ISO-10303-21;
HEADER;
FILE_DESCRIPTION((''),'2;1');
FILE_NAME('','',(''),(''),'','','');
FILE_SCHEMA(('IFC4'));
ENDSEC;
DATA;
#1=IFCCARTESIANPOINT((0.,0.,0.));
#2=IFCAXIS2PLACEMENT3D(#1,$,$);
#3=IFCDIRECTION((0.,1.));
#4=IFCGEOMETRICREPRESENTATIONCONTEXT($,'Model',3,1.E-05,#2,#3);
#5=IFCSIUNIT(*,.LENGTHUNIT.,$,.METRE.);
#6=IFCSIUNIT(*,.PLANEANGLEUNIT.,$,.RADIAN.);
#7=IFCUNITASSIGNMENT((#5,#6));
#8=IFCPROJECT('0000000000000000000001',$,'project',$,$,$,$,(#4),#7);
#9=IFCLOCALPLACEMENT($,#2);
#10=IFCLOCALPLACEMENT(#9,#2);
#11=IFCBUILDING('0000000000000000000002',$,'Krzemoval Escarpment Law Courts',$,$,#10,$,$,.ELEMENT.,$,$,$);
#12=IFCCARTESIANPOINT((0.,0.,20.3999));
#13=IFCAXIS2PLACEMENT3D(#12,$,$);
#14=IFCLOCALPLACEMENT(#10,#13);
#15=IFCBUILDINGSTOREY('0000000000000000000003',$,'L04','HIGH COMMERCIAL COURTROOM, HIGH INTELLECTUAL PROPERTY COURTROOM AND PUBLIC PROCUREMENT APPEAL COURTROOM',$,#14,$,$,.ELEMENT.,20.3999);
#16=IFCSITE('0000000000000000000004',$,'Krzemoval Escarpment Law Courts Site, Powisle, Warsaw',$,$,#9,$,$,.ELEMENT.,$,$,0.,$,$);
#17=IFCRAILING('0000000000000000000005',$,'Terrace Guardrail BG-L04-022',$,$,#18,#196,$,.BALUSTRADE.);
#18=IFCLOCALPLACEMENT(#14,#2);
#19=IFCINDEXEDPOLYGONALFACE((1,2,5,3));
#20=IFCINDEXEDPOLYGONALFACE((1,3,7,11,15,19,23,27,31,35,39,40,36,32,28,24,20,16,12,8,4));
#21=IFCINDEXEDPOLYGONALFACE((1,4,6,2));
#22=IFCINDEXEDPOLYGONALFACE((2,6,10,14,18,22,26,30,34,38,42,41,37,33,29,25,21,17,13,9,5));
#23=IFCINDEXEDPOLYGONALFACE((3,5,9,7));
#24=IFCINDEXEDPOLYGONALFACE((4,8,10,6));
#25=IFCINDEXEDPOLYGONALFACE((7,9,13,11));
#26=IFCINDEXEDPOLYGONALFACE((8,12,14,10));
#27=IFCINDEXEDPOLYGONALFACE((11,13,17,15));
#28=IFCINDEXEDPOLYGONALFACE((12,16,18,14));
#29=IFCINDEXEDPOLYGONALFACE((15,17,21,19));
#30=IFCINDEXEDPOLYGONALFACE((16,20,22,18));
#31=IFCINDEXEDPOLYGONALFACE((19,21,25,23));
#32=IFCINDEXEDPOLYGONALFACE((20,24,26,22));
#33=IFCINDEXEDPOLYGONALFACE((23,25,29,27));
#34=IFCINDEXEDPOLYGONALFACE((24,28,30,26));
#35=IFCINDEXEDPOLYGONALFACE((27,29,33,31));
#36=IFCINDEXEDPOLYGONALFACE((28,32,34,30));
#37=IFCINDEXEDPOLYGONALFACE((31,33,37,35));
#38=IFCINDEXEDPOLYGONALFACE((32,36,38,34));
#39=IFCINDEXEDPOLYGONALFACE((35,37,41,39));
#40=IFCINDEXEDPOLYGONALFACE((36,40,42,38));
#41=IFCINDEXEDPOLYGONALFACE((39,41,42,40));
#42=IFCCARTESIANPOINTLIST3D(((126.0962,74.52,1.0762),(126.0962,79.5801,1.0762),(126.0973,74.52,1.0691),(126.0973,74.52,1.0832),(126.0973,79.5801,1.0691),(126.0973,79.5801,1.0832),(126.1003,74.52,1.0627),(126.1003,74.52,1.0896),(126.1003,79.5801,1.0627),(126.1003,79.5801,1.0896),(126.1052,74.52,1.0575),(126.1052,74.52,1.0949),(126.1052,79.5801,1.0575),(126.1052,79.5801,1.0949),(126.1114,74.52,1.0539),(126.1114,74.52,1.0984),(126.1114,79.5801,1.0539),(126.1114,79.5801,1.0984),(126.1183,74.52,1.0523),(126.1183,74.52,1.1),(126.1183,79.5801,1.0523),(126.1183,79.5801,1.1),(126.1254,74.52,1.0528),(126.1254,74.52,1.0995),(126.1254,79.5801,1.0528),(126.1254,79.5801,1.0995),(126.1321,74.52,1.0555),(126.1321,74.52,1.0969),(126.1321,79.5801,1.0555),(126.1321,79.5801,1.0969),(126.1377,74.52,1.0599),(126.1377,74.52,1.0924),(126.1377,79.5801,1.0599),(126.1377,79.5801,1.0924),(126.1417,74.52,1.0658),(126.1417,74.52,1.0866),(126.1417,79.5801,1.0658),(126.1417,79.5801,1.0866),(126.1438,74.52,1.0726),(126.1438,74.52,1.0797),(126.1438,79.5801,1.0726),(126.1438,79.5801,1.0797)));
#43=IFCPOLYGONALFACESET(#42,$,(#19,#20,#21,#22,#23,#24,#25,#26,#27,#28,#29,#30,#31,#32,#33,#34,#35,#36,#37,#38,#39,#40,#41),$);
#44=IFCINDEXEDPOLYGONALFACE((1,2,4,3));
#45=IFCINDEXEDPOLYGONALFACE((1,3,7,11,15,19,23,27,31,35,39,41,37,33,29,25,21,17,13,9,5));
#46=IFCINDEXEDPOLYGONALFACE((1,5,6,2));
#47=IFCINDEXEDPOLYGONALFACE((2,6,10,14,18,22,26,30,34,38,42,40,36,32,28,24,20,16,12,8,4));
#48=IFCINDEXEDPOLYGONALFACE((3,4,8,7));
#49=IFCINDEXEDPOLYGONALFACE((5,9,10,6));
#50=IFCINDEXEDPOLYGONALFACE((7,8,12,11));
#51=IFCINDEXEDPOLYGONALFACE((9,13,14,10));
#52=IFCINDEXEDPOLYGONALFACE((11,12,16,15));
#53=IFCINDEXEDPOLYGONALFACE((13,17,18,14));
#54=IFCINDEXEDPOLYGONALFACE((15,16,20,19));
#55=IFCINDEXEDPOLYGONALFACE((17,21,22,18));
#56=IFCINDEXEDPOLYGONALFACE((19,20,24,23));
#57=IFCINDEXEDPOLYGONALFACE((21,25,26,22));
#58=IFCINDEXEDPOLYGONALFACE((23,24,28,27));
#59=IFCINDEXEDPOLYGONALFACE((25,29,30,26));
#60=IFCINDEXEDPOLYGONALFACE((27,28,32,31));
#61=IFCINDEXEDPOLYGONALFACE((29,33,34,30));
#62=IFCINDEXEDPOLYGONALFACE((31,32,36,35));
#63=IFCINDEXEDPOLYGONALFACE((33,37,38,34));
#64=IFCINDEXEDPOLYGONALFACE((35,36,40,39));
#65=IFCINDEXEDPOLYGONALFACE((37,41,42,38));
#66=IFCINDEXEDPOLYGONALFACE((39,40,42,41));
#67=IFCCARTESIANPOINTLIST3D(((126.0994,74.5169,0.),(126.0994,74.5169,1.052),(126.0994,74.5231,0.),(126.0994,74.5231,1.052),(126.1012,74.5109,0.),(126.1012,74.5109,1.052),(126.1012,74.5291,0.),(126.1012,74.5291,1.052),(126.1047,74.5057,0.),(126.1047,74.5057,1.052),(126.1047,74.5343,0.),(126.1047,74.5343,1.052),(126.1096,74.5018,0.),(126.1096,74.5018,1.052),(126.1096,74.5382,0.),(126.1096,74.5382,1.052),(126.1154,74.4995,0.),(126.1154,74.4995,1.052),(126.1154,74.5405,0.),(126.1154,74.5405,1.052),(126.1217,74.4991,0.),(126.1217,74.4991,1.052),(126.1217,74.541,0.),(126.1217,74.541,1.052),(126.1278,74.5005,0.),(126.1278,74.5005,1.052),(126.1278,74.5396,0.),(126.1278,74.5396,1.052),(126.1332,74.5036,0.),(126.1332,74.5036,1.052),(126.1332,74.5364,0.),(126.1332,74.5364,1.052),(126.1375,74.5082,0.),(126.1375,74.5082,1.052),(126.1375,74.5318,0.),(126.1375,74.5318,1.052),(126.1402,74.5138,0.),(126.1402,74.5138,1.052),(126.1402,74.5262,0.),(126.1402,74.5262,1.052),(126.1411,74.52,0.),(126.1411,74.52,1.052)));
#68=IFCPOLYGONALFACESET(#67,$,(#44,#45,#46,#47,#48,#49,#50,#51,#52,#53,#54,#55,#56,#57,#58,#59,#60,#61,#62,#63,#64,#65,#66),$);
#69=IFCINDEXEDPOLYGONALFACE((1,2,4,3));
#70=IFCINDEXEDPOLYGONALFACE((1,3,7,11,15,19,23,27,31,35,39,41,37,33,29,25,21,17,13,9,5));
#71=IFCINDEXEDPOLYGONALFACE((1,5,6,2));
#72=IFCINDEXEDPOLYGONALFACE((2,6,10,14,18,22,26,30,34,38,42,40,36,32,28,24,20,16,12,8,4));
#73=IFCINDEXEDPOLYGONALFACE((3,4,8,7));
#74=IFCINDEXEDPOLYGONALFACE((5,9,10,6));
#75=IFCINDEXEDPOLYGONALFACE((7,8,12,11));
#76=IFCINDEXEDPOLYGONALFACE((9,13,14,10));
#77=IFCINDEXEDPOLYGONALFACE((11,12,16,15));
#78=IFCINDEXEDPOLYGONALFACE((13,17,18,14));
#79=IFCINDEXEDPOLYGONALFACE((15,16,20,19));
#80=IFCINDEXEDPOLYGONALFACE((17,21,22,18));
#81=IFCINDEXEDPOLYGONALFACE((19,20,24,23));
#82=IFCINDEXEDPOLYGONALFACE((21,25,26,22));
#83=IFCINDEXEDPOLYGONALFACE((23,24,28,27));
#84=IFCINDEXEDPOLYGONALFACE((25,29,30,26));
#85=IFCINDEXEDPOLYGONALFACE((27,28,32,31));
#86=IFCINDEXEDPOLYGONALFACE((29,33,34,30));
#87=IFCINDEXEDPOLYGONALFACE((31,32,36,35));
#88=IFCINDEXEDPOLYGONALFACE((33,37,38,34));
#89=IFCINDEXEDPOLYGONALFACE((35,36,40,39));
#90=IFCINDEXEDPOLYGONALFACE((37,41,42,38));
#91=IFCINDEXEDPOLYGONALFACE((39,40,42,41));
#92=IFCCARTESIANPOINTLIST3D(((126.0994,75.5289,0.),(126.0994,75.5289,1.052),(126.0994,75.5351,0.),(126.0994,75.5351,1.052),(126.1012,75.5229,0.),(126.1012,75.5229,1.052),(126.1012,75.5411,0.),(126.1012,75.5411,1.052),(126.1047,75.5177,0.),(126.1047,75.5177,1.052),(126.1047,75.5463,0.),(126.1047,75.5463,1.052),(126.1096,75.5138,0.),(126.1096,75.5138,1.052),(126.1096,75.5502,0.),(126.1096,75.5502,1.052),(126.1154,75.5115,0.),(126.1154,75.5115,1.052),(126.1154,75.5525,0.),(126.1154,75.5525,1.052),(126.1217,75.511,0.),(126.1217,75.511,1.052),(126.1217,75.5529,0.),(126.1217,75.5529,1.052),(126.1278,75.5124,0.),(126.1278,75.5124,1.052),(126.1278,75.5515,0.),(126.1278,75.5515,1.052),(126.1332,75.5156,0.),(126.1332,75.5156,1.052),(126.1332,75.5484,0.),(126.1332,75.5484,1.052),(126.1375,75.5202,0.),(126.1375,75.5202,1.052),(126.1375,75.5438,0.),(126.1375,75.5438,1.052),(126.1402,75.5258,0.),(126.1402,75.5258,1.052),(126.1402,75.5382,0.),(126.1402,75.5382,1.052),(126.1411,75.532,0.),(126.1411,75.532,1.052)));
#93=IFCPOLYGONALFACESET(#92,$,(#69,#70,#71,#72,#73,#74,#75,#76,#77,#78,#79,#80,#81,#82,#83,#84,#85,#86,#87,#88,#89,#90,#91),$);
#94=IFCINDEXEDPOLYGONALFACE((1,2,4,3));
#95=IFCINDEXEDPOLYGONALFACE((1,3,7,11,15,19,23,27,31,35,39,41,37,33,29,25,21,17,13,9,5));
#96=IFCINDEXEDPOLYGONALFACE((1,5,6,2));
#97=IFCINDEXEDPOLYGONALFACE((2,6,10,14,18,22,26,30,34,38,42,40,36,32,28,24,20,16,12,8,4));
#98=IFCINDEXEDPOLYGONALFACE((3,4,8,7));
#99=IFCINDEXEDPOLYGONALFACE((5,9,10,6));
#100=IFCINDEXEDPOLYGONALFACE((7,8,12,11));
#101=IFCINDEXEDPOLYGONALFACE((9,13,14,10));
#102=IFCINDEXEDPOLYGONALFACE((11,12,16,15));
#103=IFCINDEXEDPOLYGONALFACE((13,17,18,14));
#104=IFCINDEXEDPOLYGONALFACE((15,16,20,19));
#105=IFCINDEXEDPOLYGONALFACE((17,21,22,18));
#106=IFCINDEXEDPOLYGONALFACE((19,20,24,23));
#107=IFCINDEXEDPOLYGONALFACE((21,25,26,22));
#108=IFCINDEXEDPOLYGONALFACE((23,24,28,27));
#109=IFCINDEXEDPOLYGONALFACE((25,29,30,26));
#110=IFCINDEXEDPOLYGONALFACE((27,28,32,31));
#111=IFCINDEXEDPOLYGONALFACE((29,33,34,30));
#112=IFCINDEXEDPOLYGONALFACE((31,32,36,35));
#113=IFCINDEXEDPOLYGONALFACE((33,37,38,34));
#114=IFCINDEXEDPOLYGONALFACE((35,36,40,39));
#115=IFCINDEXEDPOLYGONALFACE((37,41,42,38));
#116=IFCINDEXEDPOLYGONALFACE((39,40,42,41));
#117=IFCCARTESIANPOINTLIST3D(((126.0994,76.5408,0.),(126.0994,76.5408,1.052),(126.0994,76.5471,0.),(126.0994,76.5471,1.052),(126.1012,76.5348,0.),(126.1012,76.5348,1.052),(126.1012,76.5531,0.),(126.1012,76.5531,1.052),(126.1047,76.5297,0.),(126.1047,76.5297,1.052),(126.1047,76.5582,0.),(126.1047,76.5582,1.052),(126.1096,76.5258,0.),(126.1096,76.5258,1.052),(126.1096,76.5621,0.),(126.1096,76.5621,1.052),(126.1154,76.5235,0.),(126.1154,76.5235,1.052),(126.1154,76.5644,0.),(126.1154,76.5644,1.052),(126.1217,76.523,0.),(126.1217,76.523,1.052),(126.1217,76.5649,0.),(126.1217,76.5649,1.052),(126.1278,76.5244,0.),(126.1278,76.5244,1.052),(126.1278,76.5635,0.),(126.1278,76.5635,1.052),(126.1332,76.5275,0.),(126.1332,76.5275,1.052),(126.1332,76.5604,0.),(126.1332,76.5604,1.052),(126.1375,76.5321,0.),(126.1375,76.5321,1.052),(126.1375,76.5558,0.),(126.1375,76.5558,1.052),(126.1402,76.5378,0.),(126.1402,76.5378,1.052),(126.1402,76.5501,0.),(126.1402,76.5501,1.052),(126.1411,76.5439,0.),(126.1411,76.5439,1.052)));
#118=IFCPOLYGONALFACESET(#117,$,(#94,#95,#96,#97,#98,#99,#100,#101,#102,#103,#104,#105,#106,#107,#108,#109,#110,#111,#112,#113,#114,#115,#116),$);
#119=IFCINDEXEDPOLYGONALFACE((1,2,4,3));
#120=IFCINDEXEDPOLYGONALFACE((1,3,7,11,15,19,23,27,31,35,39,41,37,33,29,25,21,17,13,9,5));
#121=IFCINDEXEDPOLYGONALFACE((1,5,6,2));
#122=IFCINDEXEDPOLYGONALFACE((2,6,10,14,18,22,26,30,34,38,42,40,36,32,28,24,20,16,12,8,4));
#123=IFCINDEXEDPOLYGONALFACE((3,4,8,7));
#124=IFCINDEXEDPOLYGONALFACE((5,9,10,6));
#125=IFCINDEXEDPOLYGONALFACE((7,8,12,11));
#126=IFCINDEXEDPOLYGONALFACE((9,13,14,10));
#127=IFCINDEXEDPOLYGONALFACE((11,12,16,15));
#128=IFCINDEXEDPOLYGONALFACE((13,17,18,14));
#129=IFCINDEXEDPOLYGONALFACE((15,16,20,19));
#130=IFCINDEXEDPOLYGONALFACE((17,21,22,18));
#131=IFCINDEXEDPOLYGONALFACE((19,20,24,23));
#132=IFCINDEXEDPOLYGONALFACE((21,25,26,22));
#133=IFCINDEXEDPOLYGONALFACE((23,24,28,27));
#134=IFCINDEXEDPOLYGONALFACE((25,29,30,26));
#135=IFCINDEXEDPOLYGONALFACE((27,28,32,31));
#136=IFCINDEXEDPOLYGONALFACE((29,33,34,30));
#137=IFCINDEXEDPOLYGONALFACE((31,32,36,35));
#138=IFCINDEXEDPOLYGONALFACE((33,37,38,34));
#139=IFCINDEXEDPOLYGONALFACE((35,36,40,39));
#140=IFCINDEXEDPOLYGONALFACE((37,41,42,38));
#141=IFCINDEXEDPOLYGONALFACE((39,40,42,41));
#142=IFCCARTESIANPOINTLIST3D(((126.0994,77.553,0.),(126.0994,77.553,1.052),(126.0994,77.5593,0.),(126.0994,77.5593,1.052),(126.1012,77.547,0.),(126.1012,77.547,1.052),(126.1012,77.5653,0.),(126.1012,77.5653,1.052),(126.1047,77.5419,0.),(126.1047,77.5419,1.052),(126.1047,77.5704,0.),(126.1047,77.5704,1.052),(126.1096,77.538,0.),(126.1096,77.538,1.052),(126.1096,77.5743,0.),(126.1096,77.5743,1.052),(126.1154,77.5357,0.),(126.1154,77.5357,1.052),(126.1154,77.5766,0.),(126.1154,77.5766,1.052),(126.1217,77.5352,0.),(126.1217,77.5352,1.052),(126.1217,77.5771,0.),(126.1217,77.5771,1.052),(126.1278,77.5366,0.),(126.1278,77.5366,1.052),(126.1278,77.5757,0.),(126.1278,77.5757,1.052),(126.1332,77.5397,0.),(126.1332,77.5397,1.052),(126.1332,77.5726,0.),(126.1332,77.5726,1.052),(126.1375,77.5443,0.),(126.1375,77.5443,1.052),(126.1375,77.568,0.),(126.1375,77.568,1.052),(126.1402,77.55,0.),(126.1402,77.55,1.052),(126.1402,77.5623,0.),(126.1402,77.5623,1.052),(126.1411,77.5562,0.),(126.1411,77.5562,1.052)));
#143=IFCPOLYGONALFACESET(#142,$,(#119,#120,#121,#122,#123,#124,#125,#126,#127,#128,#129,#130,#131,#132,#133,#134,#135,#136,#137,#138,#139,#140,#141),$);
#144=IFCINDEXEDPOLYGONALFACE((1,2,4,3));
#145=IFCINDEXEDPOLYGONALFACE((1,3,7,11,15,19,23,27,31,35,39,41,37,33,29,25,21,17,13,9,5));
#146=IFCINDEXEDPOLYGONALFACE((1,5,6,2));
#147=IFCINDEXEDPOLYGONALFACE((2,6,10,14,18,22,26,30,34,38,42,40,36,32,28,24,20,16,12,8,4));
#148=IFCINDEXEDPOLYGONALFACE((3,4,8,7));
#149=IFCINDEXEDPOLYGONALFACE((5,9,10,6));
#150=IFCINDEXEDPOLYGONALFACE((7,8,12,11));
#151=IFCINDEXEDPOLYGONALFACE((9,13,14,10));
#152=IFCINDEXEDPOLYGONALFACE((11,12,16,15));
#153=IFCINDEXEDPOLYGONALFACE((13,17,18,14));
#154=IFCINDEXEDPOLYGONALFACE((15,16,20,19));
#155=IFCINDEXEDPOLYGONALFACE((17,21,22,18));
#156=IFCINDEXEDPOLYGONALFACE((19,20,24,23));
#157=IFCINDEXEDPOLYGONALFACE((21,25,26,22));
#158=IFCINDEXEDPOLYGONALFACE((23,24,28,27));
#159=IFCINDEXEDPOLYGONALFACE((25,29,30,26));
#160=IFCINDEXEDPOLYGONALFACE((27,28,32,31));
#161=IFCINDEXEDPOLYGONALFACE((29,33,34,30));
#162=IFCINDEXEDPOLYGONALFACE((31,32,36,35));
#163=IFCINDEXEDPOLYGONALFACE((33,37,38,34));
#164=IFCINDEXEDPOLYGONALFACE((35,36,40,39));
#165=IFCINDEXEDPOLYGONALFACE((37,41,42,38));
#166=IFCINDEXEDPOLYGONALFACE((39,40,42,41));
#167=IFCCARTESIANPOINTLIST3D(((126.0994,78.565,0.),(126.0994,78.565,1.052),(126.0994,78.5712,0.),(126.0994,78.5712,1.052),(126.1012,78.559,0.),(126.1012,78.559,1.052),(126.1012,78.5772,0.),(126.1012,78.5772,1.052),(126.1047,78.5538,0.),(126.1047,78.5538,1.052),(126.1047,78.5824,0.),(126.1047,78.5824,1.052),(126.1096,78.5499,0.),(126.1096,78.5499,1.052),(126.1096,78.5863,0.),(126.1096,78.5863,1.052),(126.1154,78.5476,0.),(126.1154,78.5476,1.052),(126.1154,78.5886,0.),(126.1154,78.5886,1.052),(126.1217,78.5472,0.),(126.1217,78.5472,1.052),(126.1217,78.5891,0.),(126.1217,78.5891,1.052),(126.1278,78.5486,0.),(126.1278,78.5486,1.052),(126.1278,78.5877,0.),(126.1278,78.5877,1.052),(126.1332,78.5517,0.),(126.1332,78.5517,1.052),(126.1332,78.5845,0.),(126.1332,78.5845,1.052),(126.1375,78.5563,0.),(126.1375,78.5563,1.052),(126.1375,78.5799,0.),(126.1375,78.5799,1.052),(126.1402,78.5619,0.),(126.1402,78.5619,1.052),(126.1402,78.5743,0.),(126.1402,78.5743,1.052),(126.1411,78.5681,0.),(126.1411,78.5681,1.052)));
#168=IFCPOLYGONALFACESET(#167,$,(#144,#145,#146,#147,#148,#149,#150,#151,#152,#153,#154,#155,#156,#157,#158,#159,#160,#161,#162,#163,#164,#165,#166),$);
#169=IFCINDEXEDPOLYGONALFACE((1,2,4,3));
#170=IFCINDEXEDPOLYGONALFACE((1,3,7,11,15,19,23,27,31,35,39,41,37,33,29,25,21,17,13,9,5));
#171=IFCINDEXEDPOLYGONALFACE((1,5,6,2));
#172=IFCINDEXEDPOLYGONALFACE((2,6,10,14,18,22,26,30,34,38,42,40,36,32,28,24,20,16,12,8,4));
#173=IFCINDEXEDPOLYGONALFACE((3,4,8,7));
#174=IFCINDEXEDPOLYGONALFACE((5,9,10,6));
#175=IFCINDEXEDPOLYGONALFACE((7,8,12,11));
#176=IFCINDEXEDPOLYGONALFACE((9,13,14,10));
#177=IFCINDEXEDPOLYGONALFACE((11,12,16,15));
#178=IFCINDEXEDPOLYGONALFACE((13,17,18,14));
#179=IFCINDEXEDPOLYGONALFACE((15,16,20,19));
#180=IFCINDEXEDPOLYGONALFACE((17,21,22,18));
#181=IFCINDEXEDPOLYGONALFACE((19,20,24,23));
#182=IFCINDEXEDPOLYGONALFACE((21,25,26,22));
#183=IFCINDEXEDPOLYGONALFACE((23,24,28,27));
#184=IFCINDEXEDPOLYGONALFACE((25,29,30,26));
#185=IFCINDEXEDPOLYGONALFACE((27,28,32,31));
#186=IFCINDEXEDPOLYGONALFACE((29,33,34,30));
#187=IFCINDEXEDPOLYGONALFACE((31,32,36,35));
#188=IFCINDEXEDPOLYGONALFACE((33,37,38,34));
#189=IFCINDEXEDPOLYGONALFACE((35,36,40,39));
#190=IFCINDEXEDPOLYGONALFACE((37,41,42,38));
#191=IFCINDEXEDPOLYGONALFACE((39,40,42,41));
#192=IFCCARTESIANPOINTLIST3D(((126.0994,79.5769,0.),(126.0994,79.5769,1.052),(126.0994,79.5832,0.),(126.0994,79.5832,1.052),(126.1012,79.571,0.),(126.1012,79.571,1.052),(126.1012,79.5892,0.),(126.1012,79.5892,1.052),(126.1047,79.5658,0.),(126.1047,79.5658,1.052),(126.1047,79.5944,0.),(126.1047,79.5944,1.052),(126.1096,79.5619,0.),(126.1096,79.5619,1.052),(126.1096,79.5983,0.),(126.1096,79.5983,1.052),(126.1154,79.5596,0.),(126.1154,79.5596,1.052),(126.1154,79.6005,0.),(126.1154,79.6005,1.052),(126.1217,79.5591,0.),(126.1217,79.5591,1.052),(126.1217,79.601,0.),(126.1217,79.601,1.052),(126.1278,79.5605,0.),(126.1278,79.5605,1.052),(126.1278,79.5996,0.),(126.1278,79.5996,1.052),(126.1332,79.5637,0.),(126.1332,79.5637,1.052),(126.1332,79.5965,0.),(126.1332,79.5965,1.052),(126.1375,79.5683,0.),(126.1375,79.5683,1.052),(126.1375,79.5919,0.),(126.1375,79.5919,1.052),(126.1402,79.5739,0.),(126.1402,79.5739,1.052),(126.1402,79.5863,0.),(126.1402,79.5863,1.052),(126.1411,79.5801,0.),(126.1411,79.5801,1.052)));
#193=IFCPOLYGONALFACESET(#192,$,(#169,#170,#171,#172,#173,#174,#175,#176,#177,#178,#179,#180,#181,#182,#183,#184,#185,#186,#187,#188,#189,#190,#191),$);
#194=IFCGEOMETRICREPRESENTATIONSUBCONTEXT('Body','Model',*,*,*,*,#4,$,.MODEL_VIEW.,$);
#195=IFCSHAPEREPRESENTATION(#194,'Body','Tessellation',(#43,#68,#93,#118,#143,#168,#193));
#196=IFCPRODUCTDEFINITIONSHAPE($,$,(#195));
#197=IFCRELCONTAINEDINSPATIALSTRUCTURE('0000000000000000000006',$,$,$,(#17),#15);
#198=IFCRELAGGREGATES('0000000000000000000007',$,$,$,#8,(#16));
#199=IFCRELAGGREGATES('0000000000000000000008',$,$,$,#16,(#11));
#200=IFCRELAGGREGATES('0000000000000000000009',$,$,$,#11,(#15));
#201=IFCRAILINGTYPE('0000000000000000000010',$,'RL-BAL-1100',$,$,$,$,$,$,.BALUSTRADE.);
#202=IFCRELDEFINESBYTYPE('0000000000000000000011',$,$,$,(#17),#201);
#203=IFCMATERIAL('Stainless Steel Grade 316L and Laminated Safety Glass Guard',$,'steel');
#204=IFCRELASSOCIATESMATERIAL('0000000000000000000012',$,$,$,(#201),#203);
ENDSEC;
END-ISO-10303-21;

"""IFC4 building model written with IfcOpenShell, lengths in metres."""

from ifc_helpers import new_model, si_unit, direction, frame, origin, origin_2d, place, context, subcontext, project, spatial, circle, extrude, material, type_object, element, save


model = new_model("IFC4")

# Units and contexts
model_context = context("Model", 3, precision=1e-05, world=origin(), true_north=direction((0.0, 1.0)))
body_context = subcontext(model_context, "Body", "Model", "MODEL_VIEW")
ifc_project = project(units=[si_unit("LENGTHUNIT", "METRE"), si_unit("PLANEANGLEUNIT", "RADIAN")], contexts=[model_context])

# Site, building, storey
site_placement = place(None, origin())
site = spatial("IfcSite", under=ifc_project, at=site_placement, Name="Krzemoval Escarpment Law Courts Site, Powisle, Warsaw", CompositionType="ELEMENT", RefElevation=0.0)
building_placement = place(site_placement, origin())
building = spatial("IfcBuilding", under=site, at=building_placement, Name="Krzemoval Escarpment Law Courts", CompositionType="ELEMENT")
storey_placement = place(building_placement, frame((0.0, 0.0, 20.3999)))
storey = spatial("IfcBuildingStorey", under=building, at=storey_placement, Name="L04", Description="HIGH COMMERCIAL COURTROOM, HIGH INTELLECTUAL PROPERTY COURTROOM AND PUBLIC PROCUREMENT APPEAL COURTROOM", CompositionType="ELEMENT", Elevation=20.3999)

# Railing
ifc_material_1 = material(Name="Stainless Steel Grade 316L and Laminated Safety Glass Guard", Category="steel")
railing_type = type_object("IfcRailingType", Name="RL-BAL-1100", PredefinedType="BALUSTRADE", material=ifc_material_1)
railing_1_placement = place(storey_placement, frame((126.1201, 74.52, 0.0)))
element("IfcRailing", 1, at=railing_1_placement, inside=storey, type_object=railing_type, Name="Terrace Guardrail BG-L04-022", PredefinedType="BALUSTRADE", context=body_context, shape_type="SweptSolid", body=[
    extrude(circle(Radius=0.0239, at=origin_2d()), frame((0.0, 0.0, 1.0762), z_axis=(0.0, 1.0, 0.0), x_axis=(-1.0, 0.0, 0.0)), (0.0, 0.0, 1.0), 5.0601),
    extrude(circle(Radius=0.021, at=origin_2d()), origin(), (0.0, 0.0, 1.0), 1.052),
    extrude(circle(Radius=0.021, at=origin_2d()), frame((0.0, 1.012, 0.0)), (0.0, 0.0, 1.0), 1.052),
    extrude(circle(Radius=0.021, at=origin_2d()), frame((0.0, 2.0239, 0.0)), (0.0, 0.0, 1.0), 1.052),
    extrude(circle(Radius=0.021, at=origin_2d()), frame((0.0, 3.0361, 0.0)), (0.0, 0.0, 1.0), 1.052),
    extrude(circle(Radius=0.021, at=origin_2d()), frame((0.0, 4.0481, 0.0)), (0.0, 0.0, 1.0), 1.052),
    extrude(circle(Radius=0.021, at=origin_2d()), frame((0.0, 5.0601, 0.0)), (0.0, 0.0, 1.0), 1.052),
])

save(model, "model.ifc")
